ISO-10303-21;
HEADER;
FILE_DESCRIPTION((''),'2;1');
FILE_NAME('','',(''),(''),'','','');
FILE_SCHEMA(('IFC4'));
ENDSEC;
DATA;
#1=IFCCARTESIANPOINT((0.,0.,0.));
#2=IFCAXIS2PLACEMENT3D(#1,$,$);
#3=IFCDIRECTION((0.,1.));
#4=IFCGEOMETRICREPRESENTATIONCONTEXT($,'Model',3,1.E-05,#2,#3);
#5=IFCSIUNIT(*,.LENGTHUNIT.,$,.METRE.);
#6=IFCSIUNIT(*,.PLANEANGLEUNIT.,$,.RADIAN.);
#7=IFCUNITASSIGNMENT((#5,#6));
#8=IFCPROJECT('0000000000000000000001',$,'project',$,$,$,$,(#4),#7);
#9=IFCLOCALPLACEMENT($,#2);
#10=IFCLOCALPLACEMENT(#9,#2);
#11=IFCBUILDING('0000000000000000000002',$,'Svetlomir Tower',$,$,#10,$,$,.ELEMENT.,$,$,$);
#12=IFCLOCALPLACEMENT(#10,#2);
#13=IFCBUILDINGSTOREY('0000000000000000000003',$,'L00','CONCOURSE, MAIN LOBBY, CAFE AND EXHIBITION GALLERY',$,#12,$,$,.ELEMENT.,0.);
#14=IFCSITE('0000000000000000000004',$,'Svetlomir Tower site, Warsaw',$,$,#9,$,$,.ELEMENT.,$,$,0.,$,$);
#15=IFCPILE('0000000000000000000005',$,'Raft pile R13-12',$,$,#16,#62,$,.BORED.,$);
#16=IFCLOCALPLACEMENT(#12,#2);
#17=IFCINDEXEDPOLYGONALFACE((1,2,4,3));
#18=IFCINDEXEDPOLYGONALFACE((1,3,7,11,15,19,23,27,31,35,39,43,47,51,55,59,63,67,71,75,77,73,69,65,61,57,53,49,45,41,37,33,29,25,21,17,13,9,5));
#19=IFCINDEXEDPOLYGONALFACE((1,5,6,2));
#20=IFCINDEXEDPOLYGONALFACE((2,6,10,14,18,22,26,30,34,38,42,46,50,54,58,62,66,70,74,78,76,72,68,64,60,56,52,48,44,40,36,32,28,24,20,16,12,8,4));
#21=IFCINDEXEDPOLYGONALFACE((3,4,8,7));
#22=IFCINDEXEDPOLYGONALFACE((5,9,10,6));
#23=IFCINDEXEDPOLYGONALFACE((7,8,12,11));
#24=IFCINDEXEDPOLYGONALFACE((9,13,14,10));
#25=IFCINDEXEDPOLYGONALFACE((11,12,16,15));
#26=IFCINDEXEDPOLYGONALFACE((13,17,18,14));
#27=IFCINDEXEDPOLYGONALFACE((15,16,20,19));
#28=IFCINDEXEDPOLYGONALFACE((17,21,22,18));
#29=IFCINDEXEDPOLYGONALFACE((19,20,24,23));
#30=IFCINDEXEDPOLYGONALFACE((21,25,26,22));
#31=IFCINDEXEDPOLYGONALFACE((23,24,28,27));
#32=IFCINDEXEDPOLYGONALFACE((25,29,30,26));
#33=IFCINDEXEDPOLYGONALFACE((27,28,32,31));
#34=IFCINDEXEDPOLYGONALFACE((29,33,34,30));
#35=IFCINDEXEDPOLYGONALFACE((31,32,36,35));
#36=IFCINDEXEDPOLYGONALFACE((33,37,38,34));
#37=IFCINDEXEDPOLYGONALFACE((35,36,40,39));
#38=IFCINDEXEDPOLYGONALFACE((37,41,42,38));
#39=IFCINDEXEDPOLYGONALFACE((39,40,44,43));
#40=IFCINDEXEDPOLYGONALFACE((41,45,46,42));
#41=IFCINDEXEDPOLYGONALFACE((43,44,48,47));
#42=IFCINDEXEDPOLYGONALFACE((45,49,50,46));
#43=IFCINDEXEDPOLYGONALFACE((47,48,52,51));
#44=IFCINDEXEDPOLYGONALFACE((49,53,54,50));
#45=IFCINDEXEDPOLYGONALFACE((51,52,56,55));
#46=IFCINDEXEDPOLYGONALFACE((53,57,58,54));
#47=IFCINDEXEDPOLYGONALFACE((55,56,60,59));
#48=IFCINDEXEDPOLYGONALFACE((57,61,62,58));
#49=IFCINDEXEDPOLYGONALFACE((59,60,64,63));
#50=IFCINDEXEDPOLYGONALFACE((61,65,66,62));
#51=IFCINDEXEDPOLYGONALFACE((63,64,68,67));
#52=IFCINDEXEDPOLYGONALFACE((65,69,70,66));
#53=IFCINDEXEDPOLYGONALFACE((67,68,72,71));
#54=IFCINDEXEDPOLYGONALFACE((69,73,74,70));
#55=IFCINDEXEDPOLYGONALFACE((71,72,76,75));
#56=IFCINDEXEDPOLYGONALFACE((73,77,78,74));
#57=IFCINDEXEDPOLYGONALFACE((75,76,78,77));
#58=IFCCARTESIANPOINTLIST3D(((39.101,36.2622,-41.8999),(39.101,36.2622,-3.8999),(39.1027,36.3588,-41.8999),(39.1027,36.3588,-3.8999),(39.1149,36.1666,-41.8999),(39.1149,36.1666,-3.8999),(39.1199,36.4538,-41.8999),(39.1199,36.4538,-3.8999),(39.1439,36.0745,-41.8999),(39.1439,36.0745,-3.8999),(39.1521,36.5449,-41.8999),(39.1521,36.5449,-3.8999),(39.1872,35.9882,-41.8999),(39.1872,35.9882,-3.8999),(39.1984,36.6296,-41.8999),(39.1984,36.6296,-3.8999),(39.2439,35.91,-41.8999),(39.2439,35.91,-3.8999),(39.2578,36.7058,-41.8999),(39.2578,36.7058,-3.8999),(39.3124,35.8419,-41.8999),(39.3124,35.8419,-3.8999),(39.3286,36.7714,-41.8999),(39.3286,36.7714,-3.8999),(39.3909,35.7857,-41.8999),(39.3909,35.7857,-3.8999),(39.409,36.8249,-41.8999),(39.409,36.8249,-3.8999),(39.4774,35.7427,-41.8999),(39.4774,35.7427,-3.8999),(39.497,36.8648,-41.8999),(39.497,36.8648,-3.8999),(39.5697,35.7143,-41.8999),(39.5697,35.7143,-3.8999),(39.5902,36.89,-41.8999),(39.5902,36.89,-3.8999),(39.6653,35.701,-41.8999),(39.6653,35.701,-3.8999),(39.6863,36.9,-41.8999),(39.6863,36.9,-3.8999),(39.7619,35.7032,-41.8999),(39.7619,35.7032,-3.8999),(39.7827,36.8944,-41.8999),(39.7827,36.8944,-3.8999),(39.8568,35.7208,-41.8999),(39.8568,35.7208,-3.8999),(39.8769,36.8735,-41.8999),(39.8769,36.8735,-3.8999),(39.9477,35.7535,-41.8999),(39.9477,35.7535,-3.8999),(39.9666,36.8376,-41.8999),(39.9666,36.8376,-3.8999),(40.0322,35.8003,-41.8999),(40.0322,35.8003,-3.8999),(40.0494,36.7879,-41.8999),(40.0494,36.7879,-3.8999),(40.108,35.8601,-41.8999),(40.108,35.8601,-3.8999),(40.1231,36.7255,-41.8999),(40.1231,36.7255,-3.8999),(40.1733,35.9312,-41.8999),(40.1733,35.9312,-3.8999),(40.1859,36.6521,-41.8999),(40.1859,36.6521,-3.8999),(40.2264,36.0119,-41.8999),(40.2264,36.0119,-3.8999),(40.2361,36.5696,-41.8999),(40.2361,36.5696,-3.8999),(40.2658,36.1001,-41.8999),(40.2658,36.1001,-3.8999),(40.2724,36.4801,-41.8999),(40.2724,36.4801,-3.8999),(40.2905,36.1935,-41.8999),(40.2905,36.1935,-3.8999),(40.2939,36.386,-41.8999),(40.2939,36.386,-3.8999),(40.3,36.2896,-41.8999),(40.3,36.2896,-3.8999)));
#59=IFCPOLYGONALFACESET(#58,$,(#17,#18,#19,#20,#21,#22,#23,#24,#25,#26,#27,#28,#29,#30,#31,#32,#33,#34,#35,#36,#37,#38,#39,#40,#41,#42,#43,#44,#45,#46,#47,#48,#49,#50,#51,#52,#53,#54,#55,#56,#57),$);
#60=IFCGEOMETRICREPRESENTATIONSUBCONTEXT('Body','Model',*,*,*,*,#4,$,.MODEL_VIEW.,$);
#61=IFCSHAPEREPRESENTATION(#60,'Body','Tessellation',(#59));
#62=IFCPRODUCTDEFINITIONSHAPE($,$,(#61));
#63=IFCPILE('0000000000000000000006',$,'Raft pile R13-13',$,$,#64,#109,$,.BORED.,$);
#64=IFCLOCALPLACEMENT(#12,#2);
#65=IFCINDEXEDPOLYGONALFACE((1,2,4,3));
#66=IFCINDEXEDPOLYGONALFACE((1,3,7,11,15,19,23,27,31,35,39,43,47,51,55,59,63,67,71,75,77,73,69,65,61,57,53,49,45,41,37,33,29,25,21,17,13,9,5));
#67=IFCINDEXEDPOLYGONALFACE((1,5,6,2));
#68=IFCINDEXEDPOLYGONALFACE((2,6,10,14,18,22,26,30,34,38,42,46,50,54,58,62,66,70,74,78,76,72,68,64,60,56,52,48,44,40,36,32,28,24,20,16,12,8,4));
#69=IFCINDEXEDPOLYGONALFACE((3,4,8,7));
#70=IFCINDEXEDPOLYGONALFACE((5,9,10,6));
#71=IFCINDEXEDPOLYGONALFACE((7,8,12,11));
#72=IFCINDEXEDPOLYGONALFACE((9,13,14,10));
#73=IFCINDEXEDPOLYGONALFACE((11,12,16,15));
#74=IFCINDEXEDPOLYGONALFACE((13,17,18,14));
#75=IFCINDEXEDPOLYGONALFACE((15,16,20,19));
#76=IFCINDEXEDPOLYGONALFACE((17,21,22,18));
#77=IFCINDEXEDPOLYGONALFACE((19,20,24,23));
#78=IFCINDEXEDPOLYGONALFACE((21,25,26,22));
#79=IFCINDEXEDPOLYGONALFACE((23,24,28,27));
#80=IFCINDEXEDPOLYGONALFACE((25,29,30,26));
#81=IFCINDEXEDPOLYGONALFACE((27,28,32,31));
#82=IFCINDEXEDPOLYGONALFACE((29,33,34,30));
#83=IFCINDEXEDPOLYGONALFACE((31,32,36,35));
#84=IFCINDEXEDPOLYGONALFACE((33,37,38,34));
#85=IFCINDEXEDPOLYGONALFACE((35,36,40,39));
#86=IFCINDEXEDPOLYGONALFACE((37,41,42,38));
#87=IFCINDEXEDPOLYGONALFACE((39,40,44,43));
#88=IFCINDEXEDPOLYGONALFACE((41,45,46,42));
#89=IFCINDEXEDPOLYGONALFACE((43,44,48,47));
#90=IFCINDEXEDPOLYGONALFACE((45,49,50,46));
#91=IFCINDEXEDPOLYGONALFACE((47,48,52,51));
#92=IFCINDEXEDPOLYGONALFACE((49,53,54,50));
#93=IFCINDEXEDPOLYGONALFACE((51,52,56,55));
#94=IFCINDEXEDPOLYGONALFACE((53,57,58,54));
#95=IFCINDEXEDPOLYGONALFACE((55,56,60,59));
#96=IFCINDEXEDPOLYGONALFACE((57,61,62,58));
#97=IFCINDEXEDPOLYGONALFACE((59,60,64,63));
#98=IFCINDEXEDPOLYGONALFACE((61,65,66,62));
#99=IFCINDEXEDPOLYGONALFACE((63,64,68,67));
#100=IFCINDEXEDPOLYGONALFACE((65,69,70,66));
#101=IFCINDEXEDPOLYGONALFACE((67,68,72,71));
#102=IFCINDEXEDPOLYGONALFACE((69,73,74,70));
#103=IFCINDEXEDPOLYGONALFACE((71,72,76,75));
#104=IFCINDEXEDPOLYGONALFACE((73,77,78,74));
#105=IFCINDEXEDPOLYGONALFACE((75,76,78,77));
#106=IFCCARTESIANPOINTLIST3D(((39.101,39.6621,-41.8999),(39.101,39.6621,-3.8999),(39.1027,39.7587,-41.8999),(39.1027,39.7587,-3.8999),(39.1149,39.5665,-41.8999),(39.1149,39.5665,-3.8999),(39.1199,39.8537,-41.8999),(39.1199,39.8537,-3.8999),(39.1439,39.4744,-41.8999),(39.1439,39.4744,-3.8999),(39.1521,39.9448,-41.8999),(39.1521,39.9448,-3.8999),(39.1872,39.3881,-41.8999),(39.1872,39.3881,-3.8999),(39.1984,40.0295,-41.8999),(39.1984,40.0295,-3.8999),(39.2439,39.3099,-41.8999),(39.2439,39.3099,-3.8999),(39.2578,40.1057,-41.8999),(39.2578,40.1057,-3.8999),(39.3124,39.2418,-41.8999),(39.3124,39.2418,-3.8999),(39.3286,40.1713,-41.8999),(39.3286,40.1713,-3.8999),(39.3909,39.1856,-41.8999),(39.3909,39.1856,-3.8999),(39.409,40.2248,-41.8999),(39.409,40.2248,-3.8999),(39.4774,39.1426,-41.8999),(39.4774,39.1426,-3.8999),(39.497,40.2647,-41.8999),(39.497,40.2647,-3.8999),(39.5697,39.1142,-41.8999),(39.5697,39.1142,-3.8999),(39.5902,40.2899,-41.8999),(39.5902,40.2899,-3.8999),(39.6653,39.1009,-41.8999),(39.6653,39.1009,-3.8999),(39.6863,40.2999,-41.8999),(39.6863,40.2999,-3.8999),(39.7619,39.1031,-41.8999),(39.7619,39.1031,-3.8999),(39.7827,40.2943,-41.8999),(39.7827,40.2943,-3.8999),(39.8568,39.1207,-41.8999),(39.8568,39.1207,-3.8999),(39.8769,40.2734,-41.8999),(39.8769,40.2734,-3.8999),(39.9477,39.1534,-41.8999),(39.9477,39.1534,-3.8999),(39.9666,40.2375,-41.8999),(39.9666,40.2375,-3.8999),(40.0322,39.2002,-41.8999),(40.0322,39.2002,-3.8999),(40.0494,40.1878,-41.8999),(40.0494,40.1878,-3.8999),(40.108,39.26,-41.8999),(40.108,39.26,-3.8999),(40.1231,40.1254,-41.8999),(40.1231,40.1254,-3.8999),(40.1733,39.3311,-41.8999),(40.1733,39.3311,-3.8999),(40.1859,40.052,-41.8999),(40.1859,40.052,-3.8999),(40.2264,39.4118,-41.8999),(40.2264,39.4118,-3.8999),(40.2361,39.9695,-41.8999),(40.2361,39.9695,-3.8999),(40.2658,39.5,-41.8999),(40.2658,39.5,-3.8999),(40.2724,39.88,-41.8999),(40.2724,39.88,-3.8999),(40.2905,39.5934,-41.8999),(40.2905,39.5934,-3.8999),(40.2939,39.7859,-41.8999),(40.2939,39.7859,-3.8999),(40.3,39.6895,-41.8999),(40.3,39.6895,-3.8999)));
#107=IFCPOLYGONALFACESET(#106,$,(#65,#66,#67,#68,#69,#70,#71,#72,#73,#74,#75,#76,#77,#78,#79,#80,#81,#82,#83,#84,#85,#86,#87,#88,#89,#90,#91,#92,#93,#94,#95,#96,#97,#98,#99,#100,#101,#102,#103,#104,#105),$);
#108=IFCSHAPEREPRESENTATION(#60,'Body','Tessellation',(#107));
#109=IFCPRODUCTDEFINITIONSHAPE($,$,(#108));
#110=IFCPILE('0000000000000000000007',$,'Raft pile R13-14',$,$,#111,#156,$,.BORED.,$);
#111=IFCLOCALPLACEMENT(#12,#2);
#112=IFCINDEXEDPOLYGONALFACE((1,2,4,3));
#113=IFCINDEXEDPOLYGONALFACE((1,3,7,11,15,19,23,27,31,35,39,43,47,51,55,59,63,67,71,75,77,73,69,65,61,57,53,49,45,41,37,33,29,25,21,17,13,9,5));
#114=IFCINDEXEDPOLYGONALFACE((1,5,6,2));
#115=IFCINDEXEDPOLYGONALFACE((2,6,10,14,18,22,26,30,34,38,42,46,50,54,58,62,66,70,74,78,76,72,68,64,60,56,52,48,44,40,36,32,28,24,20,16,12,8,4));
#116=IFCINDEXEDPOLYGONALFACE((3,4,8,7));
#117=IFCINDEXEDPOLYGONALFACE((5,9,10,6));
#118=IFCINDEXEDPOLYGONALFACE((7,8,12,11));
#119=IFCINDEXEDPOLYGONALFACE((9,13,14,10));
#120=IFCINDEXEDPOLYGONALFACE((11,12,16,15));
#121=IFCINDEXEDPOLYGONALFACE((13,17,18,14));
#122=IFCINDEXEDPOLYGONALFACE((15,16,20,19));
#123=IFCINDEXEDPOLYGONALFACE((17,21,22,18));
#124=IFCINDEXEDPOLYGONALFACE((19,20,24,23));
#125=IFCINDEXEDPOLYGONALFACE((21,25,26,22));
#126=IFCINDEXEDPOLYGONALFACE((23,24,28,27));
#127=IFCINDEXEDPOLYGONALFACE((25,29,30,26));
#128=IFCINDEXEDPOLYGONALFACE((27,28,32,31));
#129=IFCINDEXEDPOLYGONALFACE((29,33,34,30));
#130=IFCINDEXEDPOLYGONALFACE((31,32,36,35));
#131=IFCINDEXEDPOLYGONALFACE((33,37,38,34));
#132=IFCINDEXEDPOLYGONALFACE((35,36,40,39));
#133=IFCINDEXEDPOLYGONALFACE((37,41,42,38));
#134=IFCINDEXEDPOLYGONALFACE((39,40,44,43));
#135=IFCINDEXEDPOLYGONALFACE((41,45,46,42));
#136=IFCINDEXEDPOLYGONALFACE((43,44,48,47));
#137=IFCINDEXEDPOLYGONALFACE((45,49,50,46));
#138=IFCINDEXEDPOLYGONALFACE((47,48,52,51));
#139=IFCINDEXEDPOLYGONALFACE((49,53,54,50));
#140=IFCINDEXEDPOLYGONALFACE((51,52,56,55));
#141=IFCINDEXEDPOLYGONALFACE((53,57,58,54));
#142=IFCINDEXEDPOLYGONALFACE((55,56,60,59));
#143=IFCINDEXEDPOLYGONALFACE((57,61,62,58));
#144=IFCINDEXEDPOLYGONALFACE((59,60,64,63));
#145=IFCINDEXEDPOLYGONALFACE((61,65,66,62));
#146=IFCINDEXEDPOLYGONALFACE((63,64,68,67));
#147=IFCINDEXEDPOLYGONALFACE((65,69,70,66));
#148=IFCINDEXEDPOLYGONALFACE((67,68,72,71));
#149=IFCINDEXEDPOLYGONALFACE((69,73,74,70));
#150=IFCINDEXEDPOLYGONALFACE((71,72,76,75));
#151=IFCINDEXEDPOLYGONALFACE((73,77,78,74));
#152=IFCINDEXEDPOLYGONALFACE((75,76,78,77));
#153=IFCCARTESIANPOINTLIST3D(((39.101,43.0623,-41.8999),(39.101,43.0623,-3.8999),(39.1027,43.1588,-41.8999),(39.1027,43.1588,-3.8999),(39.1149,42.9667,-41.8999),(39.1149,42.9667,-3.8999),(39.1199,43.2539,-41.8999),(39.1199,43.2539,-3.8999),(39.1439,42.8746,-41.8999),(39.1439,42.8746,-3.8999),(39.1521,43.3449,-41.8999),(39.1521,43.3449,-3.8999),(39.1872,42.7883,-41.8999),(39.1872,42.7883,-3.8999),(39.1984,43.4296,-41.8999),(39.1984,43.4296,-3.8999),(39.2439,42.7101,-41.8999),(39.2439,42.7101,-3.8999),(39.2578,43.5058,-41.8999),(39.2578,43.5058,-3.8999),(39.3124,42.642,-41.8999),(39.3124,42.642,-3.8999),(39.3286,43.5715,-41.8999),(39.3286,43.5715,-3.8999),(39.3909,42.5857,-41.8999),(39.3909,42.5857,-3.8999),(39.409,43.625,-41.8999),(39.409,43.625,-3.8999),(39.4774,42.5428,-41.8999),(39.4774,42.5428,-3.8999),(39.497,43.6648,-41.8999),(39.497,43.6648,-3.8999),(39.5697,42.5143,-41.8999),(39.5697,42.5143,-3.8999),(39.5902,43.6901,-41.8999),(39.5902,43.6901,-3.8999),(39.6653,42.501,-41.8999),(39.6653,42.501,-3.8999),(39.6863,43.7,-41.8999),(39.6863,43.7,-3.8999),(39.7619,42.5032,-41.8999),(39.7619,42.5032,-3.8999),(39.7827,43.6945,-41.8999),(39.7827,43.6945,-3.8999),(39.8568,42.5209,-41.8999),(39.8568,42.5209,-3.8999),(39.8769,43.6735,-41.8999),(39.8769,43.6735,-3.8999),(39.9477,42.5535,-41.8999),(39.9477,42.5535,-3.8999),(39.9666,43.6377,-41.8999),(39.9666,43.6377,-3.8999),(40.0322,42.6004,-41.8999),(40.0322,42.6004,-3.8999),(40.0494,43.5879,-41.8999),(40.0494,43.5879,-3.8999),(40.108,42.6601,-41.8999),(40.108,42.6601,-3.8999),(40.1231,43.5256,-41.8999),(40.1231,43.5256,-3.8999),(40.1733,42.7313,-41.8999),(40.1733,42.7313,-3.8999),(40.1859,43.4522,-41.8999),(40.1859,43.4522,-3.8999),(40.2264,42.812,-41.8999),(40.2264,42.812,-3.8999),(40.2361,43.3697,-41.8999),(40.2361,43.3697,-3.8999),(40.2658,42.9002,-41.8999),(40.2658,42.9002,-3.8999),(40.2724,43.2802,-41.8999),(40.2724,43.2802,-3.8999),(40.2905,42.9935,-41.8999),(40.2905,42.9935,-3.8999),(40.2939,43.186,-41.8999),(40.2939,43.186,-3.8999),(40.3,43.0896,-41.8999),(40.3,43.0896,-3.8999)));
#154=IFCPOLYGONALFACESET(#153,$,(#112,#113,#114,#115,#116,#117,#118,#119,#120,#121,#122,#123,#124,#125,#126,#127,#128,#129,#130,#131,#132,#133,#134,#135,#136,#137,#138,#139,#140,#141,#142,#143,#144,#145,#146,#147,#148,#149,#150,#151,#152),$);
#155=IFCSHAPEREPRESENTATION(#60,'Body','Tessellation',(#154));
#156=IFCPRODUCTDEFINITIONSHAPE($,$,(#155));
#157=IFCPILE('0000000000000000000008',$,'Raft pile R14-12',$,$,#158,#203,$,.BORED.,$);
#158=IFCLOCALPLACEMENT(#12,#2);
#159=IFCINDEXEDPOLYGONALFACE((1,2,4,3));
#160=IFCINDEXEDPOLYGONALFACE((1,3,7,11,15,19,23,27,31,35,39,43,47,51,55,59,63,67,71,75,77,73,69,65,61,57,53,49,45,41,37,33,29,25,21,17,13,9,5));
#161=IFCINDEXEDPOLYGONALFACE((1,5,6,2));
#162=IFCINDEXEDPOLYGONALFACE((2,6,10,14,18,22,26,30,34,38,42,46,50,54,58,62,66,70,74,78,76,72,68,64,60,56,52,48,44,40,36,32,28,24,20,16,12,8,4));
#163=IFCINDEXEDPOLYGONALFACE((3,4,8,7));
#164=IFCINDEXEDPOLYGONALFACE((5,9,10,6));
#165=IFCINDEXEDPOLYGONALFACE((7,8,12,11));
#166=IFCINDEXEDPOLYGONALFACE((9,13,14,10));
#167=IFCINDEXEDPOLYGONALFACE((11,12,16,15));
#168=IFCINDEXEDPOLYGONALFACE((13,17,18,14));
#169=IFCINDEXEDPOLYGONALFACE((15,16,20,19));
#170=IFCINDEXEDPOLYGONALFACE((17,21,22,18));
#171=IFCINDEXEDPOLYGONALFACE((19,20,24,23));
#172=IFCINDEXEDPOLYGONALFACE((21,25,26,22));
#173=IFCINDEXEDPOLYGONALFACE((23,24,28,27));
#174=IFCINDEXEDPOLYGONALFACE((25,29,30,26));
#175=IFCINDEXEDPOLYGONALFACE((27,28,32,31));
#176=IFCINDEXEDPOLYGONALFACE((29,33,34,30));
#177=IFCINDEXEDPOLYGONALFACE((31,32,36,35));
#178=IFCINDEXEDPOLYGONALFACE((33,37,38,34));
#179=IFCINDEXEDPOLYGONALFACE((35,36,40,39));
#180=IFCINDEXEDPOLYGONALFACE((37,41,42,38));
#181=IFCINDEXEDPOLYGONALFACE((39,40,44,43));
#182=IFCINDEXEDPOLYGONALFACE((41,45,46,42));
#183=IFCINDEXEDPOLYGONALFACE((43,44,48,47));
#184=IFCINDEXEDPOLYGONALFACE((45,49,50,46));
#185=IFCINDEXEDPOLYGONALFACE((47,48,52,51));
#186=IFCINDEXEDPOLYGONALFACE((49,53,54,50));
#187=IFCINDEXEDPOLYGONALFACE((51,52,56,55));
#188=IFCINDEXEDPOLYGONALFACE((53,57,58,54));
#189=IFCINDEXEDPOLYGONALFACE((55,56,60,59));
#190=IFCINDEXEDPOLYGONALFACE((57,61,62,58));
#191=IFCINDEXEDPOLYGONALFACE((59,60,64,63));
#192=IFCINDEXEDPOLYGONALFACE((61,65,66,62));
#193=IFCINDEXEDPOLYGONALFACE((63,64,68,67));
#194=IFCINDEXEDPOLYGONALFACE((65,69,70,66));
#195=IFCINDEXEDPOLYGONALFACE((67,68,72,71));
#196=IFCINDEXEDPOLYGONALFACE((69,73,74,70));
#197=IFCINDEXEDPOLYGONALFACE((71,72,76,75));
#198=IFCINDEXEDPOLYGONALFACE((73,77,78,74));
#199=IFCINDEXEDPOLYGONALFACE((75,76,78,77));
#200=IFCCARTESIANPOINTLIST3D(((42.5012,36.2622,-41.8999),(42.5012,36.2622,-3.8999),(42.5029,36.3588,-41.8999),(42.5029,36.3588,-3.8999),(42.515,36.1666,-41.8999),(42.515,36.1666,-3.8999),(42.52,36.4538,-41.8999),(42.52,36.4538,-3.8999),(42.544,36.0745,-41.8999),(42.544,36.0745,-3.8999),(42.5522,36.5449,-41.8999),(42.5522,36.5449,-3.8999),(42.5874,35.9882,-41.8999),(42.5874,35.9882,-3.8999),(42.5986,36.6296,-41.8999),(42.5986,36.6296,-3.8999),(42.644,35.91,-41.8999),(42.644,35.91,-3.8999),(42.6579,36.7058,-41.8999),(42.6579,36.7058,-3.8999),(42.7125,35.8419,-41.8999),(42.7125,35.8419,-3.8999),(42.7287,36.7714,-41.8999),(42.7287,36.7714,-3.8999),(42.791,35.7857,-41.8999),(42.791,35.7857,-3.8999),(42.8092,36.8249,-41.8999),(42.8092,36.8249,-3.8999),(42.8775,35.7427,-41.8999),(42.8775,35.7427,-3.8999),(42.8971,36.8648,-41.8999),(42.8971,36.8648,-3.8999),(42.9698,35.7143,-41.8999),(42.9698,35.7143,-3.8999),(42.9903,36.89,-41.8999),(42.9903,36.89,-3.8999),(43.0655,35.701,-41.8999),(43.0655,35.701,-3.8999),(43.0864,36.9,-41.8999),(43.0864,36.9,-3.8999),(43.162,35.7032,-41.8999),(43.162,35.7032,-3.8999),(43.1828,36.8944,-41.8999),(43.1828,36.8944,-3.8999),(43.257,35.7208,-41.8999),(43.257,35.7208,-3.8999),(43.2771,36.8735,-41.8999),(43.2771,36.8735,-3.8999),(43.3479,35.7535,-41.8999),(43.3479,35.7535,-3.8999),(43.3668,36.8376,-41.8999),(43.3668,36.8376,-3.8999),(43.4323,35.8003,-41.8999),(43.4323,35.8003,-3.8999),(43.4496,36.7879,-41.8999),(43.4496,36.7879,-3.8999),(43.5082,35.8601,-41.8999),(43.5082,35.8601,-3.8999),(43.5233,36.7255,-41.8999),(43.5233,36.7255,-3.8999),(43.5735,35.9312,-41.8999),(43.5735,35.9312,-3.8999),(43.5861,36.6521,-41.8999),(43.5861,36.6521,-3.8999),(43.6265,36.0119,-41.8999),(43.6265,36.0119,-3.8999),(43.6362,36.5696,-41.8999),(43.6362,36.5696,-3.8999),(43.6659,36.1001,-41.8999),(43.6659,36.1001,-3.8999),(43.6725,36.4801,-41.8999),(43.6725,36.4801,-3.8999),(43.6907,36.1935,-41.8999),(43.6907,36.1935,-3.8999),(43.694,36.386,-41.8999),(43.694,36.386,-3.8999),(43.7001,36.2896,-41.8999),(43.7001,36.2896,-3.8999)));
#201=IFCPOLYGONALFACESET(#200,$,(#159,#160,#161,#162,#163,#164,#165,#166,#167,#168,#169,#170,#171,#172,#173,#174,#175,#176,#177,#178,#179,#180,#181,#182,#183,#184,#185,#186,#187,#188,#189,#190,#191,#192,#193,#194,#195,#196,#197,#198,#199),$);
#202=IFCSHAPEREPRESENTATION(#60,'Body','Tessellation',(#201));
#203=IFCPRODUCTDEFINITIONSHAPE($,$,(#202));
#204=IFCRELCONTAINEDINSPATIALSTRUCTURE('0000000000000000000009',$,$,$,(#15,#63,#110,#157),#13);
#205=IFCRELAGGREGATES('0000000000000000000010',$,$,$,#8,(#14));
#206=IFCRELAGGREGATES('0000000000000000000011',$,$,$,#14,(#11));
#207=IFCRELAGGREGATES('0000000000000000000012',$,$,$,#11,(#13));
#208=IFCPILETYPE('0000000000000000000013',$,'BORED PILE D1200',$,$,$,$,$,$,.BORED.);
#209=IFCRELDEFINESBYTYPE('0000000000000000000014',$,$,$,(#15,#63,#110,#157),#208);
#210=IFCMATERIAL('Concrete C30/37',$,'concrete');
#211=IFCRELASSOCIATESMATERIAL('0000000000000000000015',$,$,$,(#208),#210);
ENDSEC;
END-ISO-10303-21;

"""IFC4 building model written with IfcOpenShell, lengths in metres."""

from ifc_helpers import new_model, si_unit, direction, frame, frame_2d, origin, origin_2d, place, context, subcontext, project, spatial, circle, extrude, material, material_profile, profile_set, type_object, element, save


model = new_model("IFC4")

# Units and contexts
model_context = context("Model", 3, precision=1e-05, world=origin(), true_north=direction((0.0, 1.0)))
body_context = subcontext(model_context, "Body", "Model", "MODEL_VIEW")
ifc_project = project(units=[si_unit("LENGTHUNIT", "METRE"), si_unit("PLANEANGLEUNIT", "RADIAN")], contexts=[model_context])

# Site, building, storey
site_placement = place(None, origin())
site = spatial("IfcSite", under=ifc_project, at=site_placement, Name="Svetlomir Tower site, Warsaw", CompositionType="ELEMENT", RefElevation=0.0)
building_placement = place(site_placement, origin())
building = spatial("IfcBuilding", under=site, at=building_placement, Name="Svetlomir Tower", CompositionType="ELEMENT")
storey_placement = place(building_placement, origin())
storey = spatial("IfcBuildingStorey", under=building, at=storey_placement, Name="L00", Description="CONCOURSE, MAIN LOBBY, CAFE AND EXHIBITION GALLERY", CompositionType="ELEMENT", Elevation=0.0)

# Piles
ifc_material_1 = material(Name="Concrete C30/37", Category="concrete")
ifc_material_profile_1 = material_profile(ifc_material_1, circle(Radius=0.6001, at=origin_2d()), Name="D1200")
ifc_profile_set_1 = profile_set([ifc_material_profile_1], Name="Concrete C30/37")
pile_type = type_object("IfcPileType", Name="BORED PILE D1200", PredefinedType="BORED", material=ifc_profile_set_1)
for number, where, z_axis, x_axis, name in (
    (1, (39.7, 36.3, -3.8999), (0.0, 0.0, -1.0), (1.0, 0.0, 0.0), "Raft pile R13-12"),
    (2, (39.7, 39.7, -3.8999), (0.0, 0.0, -1.0), (1.0, 0.0, 0.0), "Raft pile R13-13"),
    (3, (39.7, 43.1001, -3.8999), (0.0, 0.0, -1.0), (1.0, 0.0, 0.0), "Raft pile R13-14"),
    (4, (43.1001, 36.3, -3.8999), (0.0, 0.0, -1.0), (1.0, 0.0, 0.0), "Raft pile R14-12"),
):
    element("IfcPile", number, at=place(storey_placement, frame(where, z_axis=z_axis, x_axis=x_axis)), inside=storey, type_object=pile_type, Name=name, PredefinedType="BORED", context=body_context, shape_type="SweptSolid", body=[
        extrude(circle(Radius=0.6001, at=frame_2d((0.0, 0.0), x_axis=(0.999848, 0.017452))), origin(), (0.0, 0.0, 1.0), 38.0),
    ])

save(model, "model.ifc")
